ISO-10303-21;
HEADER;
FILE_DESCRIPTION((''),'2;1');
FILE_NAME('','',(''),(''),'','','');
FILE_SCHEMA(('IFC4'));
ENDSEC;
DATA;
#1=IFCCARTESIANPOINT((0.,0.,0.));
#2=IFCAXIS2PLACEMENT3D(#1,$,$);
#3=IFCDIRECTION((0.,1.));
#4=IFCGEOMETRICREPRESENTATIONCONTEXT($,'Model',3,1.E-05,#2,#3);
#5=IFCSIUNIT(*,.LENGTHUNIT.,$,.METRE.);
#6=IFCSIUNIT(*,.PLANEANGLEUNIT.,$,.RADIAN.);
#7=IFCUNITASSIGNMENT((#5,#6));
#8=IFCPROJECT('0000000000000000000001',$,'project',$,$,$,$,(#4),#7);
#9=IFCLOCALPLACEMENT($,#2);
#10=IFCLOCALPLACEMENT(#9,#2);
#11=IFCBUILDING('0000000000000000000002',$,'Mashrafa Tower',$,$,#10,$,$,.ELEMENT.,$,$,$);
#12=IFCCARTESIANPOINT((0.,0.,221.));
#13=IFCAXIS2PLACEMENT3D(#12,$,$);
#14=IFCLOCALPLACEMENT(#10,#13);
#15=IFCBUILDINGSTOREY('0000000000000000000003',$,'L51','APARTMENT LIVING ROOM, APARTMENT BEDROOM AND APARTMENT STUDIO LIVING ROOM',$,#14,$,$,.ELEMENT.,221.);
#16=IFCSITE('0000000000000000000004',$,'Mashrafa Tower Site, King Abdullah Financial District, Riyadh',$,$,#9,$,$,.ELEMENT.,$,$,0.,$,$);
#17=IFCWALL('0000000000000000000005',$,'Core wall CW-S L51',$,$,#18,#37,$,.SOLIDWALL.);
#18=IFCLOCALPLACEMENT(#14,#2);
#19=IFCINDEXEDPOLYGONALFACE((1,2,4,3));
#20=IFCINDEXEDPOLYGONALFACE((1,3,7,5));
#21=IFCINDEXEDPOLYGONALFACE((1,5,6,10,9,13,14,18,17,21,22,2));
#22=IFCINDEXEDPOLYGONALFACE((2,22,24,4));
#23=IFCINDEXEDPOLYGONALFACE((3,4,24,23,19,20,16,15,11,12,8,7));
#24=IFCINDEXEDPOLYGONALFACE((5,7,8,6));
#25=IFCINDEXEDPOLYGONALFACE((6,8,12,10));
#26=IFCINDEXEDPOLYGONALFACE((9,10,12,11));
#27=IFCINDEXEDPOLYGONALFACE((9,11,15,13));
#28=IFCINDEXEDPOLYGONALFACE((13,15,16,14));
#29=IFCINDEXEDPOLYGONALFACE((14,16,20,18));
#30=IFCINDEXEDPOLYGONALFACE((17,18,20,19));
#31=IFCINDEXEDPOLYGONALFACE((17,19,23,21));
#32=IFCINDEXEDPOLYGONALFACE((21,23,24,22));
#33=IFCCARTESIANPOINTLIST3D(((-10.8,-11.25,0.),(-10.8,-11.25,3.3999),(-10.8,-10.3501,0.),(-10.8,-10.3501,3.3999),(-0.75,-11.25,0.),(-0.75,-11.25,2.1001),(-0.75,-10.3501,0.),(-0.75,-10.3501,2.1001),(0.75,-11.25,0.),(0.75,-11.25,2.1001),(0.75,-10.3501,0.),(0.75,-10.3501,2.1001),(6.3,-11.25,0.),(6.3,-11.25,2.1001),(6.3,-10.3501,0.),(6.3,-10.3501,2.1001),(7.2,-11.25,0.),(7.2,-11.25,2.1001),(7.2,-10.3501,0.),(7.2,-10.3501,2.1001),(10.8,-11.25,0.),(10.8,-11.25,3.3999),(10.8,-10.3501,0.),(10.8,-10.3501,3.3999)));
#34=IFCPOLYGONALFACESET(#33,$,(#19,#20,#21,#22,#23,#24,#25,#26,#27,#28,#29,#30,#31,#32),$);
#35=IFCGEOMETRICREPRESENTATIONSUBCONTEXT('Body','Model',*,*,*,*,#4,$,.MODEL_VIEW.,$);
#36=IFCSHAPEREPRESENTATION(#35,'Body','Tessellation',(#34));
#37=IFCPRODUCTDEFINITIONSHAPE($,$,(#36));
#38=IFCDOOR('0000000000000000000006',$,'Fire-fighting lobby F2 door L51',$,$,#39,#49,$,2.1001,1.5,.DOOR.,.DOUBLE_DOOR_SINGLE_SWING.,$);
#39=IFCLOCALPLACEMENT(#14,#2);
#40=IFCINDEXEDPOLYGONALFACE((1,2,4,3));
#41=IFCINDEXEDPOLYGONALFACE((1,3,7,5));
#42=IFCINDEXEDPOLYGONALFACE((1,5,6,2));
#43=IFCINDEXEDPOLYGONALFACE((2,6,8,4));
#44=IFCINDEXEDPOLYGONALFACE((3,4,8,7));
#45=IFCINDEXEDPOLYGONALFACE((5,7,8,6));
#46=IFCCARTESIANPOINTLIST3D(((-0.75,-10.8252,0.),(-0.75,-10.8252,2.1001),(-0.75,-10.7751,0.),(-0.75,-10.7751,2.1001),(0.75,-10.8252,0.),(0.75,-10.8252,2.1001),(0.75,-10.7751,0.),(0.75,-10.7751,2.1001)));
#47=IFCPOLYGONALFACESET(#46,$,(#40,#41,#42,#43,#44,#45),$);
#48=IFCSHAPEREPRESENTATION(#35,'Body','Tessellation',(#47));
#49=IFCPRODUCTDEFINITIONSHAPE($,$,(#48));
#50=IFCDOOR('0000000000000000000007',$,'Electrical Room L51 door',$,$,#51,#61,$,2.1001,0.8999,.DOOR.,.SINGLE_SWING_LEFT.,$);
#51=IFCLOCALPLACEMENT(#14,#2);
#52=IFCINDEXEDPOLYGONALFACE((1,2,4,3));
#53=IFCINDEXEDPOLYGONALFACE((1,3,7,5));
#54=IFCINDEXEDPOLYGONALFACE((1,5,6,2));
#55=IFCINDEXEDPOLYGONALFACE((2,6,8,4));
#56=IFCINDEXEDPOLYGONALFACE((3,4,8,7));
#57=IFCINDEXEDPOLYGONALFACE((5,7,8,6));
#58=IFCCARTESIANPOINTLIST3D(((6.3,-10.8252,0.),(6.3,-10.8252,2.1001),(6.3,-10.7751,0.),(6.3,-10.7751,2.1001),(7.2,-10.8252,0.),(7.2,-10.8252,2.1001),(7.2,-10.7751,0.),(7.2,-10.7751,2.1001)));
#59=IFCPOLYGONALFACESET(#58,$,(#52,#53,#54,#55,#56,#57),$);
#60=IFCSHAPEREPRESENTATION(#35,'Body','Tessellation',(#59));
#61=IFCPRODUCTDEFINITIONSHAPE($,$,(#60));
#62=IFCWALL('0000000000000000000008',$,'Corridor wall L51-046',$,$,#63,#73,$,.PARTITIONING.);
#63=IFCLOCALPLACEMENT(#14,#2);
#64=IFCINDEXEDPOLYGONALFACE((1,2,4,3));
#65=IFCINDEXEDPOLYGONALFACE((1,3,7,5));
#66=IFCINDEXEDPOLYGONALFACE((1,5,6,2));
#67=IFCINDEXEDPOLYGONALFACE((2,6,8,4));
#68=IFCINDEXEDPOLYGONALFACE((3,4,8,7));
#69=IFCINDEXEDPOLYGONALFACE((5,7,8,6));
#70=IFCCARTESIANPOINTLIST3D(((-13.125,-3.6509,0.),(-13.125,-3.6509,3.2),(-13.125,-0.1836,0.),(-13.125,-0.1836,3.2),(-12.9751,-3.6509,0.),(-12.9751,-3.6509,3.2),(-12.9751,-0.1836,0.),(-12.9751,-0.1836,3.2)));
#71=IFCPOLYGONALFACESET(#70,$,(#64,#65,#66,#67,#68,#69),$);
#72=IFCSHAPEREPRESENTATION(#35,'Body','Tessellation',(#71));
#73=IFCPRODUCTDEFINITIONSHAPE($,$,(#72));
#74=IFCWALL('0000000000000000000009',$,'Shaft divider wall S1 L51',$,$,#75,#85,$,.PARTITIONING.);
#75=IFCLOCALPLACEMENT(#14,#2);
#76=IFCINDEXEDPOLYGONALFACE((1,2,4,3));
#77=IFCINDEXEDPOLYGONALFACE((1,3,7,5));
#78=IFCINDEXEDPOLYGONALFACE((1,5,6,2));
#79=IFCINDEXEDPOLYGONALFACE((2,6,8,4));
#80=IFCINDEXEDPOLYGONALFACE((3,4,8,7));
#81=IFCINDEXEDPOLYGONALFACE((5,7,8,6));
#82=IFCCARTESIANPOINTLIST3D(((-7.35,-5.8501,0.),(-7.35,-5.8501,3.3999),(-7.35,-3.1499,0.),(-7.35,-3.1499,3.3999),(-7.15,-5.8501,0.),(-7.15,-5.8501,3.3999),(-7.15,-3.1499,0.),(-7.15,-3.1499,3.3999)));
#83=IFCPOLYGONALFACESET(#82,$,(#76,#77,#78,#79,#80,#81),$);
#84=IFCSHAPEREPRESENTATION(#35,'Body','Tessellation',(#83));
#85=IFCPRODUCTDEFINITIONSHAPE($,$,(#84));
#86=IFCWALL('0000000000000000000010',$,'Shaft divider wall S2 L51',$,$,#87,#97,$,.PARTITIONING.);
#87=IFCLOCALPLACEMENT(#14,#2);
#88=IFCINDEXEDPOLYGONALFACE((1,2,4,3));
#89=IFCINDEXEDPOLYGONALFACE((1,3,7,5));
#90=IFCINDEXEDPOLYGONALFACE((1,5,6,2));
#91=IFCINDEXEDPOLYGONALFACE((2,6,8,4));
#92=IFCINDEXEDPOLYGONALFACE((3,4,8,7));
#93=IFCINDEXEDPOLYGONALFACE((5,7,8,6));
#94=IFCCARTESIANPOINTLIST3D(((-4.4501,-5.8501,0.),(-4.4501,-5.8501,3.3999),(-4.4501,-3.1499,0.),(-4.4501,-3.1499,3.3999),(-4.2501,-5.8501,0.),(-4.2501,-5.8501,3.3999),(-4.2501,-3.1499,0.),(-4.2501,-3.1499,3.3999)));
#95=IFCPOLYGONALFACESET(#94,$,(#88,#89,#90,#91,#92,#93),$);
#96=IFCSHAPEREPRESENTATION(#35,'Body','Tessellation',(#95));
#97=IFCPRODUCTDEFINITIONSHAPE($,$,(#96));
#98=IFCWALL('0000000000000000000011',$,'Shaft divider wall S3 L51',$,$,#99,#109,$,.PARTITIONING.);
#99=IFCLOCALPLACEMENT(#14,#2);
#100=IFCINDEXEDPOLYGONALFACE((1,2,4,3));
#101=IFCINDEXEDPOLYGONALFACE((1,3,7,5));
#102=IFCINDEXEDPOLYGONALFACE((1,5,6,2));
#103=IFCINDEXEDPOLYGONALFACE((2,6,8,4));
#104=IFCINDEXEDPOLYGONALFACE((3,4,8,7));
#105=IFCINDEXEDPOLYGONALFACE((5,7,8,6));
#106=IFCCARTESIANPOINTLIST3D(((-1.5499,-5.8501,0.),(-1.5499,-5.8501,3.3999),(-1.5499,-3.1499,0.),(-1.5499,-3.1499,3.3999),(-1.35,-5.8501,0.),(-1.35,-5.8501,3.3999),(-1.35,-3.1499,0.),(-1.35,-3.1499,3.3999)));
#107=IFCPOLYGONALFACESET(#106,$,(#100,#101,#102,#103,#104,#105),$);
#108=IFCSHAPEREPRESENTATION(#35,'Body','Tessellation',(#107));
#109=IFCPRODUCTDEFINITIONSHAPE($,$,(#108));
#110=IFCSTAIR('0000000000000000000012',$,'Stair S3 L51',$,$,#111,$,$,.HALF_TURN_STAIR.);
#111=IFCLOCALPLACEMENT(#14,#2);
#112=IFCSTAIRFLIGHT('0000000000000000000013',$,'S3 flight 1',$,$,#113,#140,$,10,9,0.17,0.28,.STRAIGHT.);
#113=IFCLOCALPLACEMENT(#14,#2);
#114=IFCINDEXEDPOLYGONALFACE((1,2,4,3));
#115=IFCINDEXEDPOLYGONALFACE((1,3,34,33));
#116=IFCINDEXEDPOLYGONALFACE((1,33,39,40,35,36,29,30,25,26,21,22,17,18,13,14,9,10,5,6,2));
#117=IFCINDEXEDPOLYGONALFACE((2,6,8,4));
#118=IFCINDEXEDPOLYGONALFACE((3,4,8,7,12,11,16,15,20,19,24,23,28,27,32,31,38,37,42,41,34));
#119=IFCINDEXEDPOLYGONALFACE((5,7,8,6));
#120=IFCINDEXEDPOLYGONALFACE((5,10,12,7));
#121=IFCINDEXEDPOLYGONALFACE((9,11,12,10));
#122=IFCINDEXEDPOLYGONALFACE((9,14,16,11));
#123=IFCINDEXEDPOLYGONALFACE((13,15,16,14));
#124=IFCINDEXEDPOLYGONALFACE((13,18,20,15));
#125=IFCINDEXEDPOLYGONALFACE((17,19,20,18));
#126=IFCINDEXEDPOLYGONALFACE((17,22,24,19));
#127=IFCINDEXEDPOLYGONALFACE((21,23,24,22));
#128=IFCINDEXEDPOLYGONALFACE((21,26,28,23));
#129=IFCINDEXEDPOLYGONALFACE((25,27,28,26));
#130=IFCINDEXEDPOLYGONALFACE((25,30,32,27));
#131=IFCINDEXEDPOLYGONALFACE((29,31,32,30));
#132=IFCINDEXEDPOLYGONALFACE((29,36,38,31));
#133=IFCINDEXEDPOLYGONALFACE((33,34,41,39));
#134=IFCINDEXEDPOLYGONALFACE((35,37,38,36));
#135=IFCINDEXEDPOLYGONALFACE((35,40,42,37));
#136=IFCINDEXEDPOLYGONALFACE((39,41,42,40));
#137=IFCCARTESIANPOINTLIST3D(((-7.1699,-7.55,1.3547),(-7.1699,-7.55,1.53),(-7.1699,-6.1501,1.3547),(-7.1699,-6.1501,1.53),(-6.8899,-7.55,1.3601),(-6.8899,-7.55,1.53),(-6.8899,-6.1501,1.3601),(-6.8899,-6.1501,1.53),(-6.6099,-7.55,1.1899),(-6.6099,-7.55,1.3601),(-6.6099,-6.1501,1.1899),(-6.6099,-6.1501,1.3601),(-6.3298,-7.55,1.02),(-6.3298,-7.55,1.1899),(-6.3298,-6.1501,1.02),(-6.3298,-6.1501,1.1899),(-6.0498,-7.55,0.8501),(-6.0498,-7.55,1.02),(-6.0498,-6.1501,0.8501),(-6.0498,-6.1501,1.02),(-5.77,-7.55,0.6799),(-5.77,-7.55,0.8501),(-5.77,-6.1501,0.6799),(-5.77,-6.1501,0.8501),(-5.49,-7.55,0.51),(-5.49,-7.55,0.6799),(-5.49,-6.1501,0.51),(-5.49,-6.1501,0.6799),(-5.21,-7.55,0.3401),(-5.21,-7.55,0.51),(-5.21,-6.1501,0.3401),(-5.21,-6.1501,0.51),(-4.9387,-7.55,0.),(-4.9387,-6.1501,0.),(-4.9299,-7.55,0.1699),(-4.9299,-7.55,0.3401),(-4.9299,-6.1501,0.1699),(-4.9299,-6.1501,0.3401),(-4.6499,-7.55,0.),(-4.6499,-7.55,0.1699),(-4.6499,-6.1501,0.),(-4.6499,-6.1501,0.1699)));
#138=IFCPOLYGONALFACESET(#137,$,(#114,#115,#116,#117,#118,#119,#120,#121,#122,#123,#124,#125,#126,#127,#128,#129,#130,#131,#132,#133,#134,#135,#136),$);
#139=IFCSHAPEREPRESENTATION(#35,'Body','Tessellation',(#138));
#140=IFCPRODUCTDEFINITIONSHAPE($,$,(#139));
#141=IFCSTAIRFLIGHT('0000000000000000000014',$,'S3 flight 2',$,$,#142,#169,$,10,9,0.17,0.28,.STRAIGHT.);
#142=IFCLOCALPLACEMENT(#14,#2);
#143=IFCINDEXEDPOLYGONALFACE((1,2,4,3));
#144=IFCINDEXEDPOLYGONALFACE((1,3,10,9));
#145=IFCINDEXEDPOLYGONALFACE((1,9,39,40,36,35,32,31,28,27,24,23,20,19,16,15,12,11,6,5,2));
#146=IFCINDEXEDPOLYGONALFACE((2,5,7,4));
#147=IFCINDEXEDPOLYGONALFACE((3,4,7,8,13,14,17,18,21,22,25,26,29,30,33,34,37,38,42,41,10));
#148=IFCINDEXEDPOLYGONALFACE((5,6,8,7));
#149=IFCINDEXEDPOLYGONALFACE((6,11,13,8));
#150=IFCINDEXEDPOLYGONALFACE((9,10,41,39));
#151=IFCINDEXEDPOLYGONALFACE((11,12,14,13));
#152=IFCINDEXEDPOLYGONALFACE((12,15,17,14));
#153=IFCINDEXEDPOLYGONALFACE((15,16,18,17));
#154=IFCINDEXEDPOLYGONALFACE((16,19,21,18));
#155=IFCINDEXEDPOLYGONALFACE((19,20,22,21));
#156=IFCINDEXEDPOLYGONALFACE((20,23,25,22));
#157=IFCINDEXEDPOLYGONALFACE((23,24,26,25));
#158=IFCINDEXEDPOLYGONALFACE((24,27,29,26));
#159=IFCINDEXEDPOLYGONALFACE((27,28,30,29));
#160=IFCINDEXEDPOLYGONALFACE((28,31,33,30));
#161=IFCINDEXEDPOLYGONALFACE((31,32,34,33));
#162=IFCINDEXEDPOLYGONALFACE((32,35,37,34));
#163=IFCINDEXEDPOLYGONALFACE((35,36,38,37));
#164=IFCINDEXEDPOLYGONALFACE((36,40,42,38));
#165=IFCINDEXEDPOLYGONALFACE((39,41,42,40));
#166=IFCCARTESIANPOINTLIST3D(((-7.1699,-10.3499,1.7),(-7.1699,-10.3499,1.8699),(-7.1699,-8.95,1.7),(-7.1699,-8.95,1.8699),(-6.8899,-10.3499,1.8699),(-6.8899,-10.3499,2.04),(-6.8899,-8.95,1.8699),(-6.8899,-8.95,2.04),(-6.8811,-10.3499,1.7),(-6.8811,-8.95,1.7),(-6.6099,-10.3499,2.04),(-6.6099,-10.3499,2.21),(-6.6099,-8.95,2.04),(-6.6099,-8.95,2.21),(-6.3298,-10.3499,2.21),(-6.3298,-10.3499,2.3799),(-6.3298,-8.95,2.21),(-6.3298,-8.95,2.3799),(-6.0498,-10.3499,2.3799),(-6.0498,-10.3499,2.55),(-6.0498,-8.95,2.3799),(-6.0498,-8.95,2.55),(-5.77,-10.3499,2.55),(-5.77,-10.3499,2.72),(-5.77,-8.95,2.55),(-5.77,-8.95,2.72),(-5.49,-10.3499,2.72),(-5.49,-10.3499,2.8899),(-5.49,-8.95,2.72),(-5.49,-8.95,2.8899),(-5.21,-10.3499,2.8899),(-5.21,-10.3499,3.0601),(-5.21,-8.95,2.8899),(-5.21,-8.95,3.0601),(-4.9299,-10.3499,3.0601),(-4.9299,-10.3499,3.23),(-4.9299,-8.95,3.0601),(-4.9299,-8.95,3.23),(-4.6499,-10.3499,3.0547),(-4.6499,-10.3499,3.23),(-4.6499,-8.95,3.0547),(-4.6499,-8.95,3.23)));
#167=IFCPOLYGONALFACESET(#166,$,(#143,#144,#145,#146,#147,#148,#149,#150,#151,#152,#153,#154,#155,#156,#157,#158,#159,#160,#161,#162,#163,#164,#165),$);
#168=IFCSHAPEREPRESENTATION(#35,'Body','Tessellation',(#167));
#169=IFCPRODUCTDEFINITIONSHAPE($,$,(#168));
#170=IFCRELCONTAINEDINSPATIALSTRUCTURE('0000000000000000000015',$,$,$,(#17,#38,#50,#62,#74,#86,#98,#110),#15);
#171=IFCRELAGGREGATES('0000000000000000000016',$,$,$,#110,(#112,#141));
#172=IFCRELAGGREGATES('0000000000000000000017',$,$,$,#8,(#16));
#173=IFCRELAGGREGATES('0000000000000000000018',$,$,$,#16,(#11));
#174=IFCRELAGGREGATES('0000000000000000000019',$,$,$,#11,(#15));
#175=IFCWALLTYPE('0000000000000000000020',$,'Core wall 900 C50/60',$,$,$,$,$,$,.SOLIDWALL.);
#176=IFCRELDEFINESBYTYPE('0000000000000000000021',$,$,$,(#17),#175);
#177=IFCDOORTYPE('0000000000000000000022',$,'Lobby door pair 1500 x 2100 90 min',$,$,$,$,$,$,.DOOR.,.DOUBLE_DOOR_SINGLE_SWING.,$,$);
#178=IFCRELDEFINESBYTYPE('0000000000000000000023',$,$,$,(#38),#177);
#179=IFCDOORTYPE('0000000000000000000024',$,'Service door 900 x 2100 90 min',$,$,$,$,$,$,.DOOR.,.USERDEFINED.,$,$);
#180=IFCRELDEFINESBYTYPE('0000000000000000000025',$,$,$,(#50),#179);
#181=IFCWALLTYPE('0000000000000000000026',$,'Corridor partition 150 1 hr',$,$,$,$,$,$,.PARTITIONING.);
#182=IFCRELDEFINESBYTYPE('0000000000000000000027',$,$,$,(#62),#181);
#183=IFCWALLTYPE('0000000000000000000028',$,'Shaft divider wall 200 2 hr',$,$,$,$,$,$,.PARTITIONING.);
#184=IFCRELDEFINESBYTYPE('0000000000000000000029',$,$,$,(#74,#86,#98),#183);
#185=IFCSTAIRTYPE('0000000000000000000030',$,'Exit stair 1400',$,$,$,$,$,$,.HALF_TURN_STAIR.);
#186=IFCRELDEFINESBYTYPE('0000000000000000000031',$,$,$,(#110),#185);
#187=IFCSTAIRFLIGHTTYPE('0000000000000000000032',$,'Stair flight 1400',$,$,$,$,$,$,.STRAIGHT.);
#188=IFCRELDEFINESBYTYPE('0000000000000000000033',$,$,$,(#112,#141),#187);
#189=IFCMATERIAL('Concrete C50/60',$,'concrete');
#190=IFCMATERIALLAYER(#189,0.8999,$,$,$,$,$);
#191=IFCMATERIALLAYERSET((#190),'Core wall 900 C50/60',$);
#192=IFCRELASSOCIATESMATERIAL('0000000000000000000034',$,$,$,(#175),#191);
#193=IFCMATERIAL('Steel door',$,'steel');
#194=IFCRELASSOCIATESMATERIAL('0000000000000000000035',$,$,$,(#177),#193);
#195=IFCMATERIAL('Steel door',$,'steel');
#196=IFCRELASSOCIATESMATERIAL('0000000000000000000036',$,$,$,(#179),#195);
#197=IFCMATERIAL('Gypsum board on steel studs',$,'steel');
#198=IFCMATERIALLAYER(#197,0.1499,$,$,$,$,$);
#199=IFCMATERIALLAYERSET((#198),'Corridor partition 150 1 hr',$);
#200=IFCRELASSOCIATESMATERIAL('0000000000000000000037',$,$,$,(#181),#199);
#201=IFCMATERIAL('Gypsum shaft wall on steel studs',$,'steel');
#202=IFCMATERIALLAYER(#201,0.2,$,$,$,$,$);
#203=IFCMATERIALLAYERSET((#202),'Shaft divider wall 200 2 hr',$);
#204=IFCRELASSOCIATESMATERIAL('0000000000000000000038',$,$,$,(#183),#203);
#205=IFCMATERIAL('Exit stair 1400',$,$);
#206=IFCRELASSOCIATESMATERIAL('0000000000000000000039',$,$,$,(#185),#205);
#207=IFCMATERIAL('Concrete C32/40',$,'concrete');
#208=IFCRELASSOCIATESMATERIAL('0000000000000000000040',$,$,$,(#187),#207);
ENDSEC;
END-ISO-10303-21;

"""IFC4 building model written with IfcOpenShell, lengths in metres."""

from ifc_helpers import new_model, si_unit, direction, frame, frame_2d, origin, place, context, subcontext, project, spatial, polyline, rectangle, outline, extrude, material, layer, layer_set, type_object, element, fill, aggregate, save


model = new_model("IFC4")

# Units and contexts
model_context = context("Model", 3, precision=1e-05, world=origin(), true_north=direction((0.0, 1.0)))
body_context = subcontext(model_context, "Body", "Model", "MODEL_VIEW")
ifc_project = project(units=[si_unit("LENGTHUNIT", "METRE"), si_unit("PLANEANGLEUNIT", "RADIAN")], contexts=[model_context])

# Site, building, storey
site_placement = place(None, origin())
site = spatial("IfcSite", under=ifc_project, at=site_placement, Name="Mashrafa Tower Site, King Abdullah Financial District, Riyadh", CompositionType="ELEMENT", RefElevation=0.0)
building_placement = place(site_placement, origin())
building = spatial("IfcBuilding", under=site, at=building_placement, Name="Mashrafa Tower", CompositionType="ELEMENT")
storey_placement = place(building_placement, frame((0.0, 0.0, 221.0)))
storey = spatial("IfcBuildingStorey", under=building, at=storey_placement, Name="L51", Description="APARTMENT LIVING ROOM, APARTMENT BEDROOM AND APARTMENT STUDIO LIVING ROOM", CompositionType="ELEMENT", Elevation=221.0)

# Wall, openings, doors
ifc_material_1 = material(Name="Concrete C50/60", Category="concrete")
ifc_layer_1 = layer(ifc_material_1, 0.8999)
ifc_layer_set_1 = layer_set([ifc_layer_1], Name="Core wall 900 C50/60")
wall_type_1 = type_object("IfcWallType", Name="Core wall 900 C50/60", PredefinedType="SOLIDWALL", material=ifc_layer_set_1)
wall_1_placement = place(storey_placement, frame((-10.8, -10.8, 0.0), z_axis=(0.0, 0.0, 1.0), x_axis=(1.0, 0.0, 0.0)))
wall_1 = element("IfcWall", 1, at=wall_1_placement, inside=storey, type_object=wall_type_1, Name="Core wall CW-S L51", PredefinedType="SOLIDWALL", context=body_context, shape_type="SweptSolid", body=[
    extrude(rectangle(XDim=21.6001, YDim=0.8999, at=frame_2d((10.8, 0.0))), origin(), (0.0, 0.0, 1.0), 3.3999),
])
opening_1_placement = place(wall_1_placement, frame((10.05, 0.0, 0.0)))
opening_1 = element("IfcOpeningElement", 2, at=opening_1_placement, cuts=wall_1, PredefinedType="OPENING", context=body_context, shape_type="SweptSolid", body=[
    extrude(rectangle(XDim=1.5, YDim=2.1001, at=frame_2d((0.75, 1.05))), frame((0.0, 0.46, 0.0), z_axis=(0.0, -1.0, 0.0), x_axis=(1.0, 0.0, 0.0)), (0.0, 0.0, 1.0), 0.9199),
])
opening_2_placement = place(wall_1_placement, frame((17.1001, 0.0, 0.0)))
opening_2 = element("IfcOpeningElement", 3, at=opening_2_placement, cuts=wall_1, PredefinedType="OPENING", context=body_context, shape_type="SweptSolid", body=[
    extrude(rectangle(XDim=0.8999, YDim=2.1001, at=frame_2d((0.45, 1.05))), frame((0.0, 0.46, 0.0), z_axis=(0.0, -1.0, 0.0), x_axis=(1.0, 0.0, 0.0)), (0.0, 0.0, 1.0), 0.9199),
])
ifc_material_2 = material(Name="Steel door", Category="steel")
door_type_1 = type_object("IfcDoorType", Name="Lobby door pair 1500 x 2100 90 min", OperationType="DOUBLE_DOOR_SINGLE_SWING", PredefinedType="DOOR", material=ifc_material_2)
door_1_placement = place(opening_1_placement, origin())
door_1 = element("IfcDoor", 4, at=door_1_placement, inside=storey, type_object=door_type_1, Name="Fire-fighting lobby F2 door L51", OperationType="DOUBLE_DOOR_SINGLE_SWING", OverallHeight=2.1001, OverallWidth=1.5, PredefinedType="DOOR", context=body_context, shape_type="SweptSolid", body=[
    extrude(rectangle(XDim=1.5, YDim=2.1001, at=frame_2d((0.75, 1.05))), frame((0.0, 0.0249, 0.0), z_axis=(0.0, -1.0, 0.0), x_axis=(1.0, 0.0, 0.0)), (0.0, 0.0, 1.0), 0.05),
])
fill(opening_1, door_1)
ifc_material_3 = material(Name="Steel door", Category="steel")
door_type_2 = type_object("IfcDoorType", Name="Service door 900 x 2100 90 min", OperationType="USERDEFINED", PredefinedType="DOOR", material=ifc_material_3)
door_2_placement = place(opening_2_placement, origin())
door_2 = element("IfcDoor", 5, at=door_2_placement, inside=storey, type_object=door_type_2, Name="Electrical Room L51 door", OperationType="SINGLE_SWING_LEFT", OverallHeight=2.1001, OverallWidth=0.8999, PredefinedType="DOOR", context=body_context, shape_type="SweptSolid", body=[
    extrude(rectangle(XDim=0.8999, YDim=2.1001, at=frame_2d((0.45, 1.05))), frame((0.0, 0.0249, 0.0), z_axis=(0.0, -1.0, 0.0), x_axis=(1.0, 0.0, 0.0)), (0.0, 0.0, 1.0), 0.05),
])
fill(opening_2, door_2)

# Walls
ifc_material_4 = material(Name="Gypsum board on steel studs", Category="steel")
ifc_layer_2 = layer(ifc_material_4, 0.1499)
ifc_layer_set_2 = layer_set([ifc_layer_2], Name="Corridor partition 150 1 hr")
wall_type_2 = type_object("IfcWallType", Name="Corridor partition 150 1 hr", PredefinedType="PARTITIONING", material=ifc_layer_set_2)
wall_2_placement = place(storey_placement, frame((-13.05, -0.1836, 0.0), z_axis=(0.0, 0.0, 1.0), x_axis=(0.0, -1.0, 0.0)))
element("IfcWall", 6, at=wall_2_placement, inside=storey, type_object=wall_type_2, Name="Corridor wall L51-046", PredefinedType="PARTITIONING", context=body_context, shape_type="SweptSolid", body=[
    extrude(rectangle(XDim=3.4673, YDim=0.1499, at=frame_2d((1.7336, 0.0))), origin(), (0.0, 0.0, 1.0), 3.2),
])
ifc_material_5 = material(Name="Gypsum shaft wall on steel studs", Category="steel")
ifc_layer_3 = layer(ifc_material_5, 0.2)
ifc_layer_set_3 = layer_set([ifc_layer_3], Name="Shaft divider wall 200 2 hr")
wall_type_3 = type_object("IfcWallType", Name="Shaft divider wall 200 2 hr", PredefinedType="PARTITIONING", material=ifc_layer_set_3)
for number, where, z_axis, x_axis, name in (
    (7, (-7.25, -5.8501, 0.0), (0.0, 0.0, 1.0), (0.0, 1.0, 0.0), "Shaft divider wall S1 L51"),
    (8, (-4.3501, -5.8501, 0.0), (0.0, 0.0, 1.0), (0.0, 1.0, 0.0), "Shaft divider wall S2 L51"),
    (9, (-1.45, -5.8501, 0.0), (0.0, 0.0, 1.0), (0.0, 1.0, 0.0), "Shaft divider wall S3 L51"),
):
    element("IfcWall", number, at=place(storey_placement, frame(where, z_axis=z_axis, x_axis=x_axis)), inside=storey, type_object=wall_type_3, Name=name, PredefinedType="PARTITIONING", context=body_context, shape_type="SweptSolid", body=[
        extrude(rectangle(XDim=2.7002, YDim=0.2, at=frame_2d((1.3501, 0.0))), origin(), (0.0, 0.0, 1.0), 3.3999),
    ])

# Stair, stair flights
ifc_material_6 = material(Name="Exit stair 1400")
stair_type = type_object("IfcStairType", Name="Exit stair 1400", PredefinedType="HALF_TURN_STAIR", material=ifc_material_6)
stair_placement = place(storey_placement, origin())
stair = element("IfcStair", 10, at=stair_placement, inside=storey, type_object=stair_type, Name="Stair S3 L51", PredefinedType="HALF_TURN_STAIR")
ifc_material_7 = material(Name="Concrete C32/40", Category="concrete")
stair_flight_type = type_object("IfcStairFlightType", Name="Stair flight 1400", PredefinedType="STRAIGHT", material=ifc_material_7)
stair_flight_1_placement = place(storey_placement, frame((-4.6499, -6.8501, 0.0), z_axis=(0.0, 0.0, 1.0), x_axis=(-1.0, 0.0, 0.0)))
stair_flight_1 = element("IfcStairFlight", 11, at=stair_flight_1_placement, type_object=stair_flight_type, Name="S3 flight 1", NumberOfRisers=10, NumberOfTreads=9, PredefinedType="STRAIGHT", RiserHeight=0.17, TreadLength=0.28, context=body_context, shape_type="SweptSolid", body=[
    extrude(outline(polyline([(0.0, 0.0), (0.0, 0.1699), (0.28, 0.1699), (0.28, 0.3401), (0.5601, 0.3401), (0.5601, 0.51), (0.8401, 0.51), (0.8401, 0.6799), (1.1201, 0.6799), (1.1201, 0.8501), (1.3999, 0.8501), (1.3999, 1.02), (1.6799, 1.02), (1.6799, 1.1899), (1.96, 1.1899), (1.96, 1.3601), (2.24, 1.3601), (2.24, 1.53), (2.52, 1.53), (2.52, 1.7), (2.52, 1.3547), (0.2888, 0.0), (0.0, 0.0)])), frame((0.0, 0.7, 0.0), z_axis=(0.0, -1.0, 0.0), x_axis=(1.0, 0.0, 0.0)), (0.0, 0.0, 1.0), 1.3999),
])
stair_flight_2_placement = place(storey_placement, frame((-7.1699, -9.6499, 1.7), z_axis=(0.0, 0.0, 1.0), x_axis=(1.0, 0.0, 0.0)))
stair_flight_2 = element("IfcStairFlight", 12, at=stair_flight_2_placement, type_object=stair_flight_type, Name="S3 flight 2", NumberOfRisers=10, NumberOfTreads=9, PredefinedType="STRAIGHT", RiserHeight=0.17, TreadLength=0.28, context=body_context, shape_type="SweptSolid", body=[
    extrude(outline(polyline([(0.0, 0.0), (0.0, 0.1699), (0.28, 0.1699), (0.28, 0.3401), (0.5601, 0.3401), (0.5601, 0.51), (0.8401, 0.51), (0.8401, 0.6799), (1.1201, 0.6799), (1.1201, 0.8501), (1.3999, 0.8501), (1.3999, 1.02), (1.6799, 1.02), (1.6799, 1.1899), (1.96, 1.1899), (1.96, 1.3601), (2.24, 1.3601), (2.24, 1.53), (2.52, 1.53), (2.52, 1.7), (2.52, 1.3547), (0.2888, 0.0), (0.0, 0.0)])), frame((0.0, 0.7, 0.0), z_axis=(0.0, -1.0, 0.0), x_axis=(1.0, 0.0, 0.0)), (0.0, 0.0, 1.0), 1.3999),
])
aggregate(stair, [stair_flight_1, stair_flight_2])

save(model, "model.ifc")
